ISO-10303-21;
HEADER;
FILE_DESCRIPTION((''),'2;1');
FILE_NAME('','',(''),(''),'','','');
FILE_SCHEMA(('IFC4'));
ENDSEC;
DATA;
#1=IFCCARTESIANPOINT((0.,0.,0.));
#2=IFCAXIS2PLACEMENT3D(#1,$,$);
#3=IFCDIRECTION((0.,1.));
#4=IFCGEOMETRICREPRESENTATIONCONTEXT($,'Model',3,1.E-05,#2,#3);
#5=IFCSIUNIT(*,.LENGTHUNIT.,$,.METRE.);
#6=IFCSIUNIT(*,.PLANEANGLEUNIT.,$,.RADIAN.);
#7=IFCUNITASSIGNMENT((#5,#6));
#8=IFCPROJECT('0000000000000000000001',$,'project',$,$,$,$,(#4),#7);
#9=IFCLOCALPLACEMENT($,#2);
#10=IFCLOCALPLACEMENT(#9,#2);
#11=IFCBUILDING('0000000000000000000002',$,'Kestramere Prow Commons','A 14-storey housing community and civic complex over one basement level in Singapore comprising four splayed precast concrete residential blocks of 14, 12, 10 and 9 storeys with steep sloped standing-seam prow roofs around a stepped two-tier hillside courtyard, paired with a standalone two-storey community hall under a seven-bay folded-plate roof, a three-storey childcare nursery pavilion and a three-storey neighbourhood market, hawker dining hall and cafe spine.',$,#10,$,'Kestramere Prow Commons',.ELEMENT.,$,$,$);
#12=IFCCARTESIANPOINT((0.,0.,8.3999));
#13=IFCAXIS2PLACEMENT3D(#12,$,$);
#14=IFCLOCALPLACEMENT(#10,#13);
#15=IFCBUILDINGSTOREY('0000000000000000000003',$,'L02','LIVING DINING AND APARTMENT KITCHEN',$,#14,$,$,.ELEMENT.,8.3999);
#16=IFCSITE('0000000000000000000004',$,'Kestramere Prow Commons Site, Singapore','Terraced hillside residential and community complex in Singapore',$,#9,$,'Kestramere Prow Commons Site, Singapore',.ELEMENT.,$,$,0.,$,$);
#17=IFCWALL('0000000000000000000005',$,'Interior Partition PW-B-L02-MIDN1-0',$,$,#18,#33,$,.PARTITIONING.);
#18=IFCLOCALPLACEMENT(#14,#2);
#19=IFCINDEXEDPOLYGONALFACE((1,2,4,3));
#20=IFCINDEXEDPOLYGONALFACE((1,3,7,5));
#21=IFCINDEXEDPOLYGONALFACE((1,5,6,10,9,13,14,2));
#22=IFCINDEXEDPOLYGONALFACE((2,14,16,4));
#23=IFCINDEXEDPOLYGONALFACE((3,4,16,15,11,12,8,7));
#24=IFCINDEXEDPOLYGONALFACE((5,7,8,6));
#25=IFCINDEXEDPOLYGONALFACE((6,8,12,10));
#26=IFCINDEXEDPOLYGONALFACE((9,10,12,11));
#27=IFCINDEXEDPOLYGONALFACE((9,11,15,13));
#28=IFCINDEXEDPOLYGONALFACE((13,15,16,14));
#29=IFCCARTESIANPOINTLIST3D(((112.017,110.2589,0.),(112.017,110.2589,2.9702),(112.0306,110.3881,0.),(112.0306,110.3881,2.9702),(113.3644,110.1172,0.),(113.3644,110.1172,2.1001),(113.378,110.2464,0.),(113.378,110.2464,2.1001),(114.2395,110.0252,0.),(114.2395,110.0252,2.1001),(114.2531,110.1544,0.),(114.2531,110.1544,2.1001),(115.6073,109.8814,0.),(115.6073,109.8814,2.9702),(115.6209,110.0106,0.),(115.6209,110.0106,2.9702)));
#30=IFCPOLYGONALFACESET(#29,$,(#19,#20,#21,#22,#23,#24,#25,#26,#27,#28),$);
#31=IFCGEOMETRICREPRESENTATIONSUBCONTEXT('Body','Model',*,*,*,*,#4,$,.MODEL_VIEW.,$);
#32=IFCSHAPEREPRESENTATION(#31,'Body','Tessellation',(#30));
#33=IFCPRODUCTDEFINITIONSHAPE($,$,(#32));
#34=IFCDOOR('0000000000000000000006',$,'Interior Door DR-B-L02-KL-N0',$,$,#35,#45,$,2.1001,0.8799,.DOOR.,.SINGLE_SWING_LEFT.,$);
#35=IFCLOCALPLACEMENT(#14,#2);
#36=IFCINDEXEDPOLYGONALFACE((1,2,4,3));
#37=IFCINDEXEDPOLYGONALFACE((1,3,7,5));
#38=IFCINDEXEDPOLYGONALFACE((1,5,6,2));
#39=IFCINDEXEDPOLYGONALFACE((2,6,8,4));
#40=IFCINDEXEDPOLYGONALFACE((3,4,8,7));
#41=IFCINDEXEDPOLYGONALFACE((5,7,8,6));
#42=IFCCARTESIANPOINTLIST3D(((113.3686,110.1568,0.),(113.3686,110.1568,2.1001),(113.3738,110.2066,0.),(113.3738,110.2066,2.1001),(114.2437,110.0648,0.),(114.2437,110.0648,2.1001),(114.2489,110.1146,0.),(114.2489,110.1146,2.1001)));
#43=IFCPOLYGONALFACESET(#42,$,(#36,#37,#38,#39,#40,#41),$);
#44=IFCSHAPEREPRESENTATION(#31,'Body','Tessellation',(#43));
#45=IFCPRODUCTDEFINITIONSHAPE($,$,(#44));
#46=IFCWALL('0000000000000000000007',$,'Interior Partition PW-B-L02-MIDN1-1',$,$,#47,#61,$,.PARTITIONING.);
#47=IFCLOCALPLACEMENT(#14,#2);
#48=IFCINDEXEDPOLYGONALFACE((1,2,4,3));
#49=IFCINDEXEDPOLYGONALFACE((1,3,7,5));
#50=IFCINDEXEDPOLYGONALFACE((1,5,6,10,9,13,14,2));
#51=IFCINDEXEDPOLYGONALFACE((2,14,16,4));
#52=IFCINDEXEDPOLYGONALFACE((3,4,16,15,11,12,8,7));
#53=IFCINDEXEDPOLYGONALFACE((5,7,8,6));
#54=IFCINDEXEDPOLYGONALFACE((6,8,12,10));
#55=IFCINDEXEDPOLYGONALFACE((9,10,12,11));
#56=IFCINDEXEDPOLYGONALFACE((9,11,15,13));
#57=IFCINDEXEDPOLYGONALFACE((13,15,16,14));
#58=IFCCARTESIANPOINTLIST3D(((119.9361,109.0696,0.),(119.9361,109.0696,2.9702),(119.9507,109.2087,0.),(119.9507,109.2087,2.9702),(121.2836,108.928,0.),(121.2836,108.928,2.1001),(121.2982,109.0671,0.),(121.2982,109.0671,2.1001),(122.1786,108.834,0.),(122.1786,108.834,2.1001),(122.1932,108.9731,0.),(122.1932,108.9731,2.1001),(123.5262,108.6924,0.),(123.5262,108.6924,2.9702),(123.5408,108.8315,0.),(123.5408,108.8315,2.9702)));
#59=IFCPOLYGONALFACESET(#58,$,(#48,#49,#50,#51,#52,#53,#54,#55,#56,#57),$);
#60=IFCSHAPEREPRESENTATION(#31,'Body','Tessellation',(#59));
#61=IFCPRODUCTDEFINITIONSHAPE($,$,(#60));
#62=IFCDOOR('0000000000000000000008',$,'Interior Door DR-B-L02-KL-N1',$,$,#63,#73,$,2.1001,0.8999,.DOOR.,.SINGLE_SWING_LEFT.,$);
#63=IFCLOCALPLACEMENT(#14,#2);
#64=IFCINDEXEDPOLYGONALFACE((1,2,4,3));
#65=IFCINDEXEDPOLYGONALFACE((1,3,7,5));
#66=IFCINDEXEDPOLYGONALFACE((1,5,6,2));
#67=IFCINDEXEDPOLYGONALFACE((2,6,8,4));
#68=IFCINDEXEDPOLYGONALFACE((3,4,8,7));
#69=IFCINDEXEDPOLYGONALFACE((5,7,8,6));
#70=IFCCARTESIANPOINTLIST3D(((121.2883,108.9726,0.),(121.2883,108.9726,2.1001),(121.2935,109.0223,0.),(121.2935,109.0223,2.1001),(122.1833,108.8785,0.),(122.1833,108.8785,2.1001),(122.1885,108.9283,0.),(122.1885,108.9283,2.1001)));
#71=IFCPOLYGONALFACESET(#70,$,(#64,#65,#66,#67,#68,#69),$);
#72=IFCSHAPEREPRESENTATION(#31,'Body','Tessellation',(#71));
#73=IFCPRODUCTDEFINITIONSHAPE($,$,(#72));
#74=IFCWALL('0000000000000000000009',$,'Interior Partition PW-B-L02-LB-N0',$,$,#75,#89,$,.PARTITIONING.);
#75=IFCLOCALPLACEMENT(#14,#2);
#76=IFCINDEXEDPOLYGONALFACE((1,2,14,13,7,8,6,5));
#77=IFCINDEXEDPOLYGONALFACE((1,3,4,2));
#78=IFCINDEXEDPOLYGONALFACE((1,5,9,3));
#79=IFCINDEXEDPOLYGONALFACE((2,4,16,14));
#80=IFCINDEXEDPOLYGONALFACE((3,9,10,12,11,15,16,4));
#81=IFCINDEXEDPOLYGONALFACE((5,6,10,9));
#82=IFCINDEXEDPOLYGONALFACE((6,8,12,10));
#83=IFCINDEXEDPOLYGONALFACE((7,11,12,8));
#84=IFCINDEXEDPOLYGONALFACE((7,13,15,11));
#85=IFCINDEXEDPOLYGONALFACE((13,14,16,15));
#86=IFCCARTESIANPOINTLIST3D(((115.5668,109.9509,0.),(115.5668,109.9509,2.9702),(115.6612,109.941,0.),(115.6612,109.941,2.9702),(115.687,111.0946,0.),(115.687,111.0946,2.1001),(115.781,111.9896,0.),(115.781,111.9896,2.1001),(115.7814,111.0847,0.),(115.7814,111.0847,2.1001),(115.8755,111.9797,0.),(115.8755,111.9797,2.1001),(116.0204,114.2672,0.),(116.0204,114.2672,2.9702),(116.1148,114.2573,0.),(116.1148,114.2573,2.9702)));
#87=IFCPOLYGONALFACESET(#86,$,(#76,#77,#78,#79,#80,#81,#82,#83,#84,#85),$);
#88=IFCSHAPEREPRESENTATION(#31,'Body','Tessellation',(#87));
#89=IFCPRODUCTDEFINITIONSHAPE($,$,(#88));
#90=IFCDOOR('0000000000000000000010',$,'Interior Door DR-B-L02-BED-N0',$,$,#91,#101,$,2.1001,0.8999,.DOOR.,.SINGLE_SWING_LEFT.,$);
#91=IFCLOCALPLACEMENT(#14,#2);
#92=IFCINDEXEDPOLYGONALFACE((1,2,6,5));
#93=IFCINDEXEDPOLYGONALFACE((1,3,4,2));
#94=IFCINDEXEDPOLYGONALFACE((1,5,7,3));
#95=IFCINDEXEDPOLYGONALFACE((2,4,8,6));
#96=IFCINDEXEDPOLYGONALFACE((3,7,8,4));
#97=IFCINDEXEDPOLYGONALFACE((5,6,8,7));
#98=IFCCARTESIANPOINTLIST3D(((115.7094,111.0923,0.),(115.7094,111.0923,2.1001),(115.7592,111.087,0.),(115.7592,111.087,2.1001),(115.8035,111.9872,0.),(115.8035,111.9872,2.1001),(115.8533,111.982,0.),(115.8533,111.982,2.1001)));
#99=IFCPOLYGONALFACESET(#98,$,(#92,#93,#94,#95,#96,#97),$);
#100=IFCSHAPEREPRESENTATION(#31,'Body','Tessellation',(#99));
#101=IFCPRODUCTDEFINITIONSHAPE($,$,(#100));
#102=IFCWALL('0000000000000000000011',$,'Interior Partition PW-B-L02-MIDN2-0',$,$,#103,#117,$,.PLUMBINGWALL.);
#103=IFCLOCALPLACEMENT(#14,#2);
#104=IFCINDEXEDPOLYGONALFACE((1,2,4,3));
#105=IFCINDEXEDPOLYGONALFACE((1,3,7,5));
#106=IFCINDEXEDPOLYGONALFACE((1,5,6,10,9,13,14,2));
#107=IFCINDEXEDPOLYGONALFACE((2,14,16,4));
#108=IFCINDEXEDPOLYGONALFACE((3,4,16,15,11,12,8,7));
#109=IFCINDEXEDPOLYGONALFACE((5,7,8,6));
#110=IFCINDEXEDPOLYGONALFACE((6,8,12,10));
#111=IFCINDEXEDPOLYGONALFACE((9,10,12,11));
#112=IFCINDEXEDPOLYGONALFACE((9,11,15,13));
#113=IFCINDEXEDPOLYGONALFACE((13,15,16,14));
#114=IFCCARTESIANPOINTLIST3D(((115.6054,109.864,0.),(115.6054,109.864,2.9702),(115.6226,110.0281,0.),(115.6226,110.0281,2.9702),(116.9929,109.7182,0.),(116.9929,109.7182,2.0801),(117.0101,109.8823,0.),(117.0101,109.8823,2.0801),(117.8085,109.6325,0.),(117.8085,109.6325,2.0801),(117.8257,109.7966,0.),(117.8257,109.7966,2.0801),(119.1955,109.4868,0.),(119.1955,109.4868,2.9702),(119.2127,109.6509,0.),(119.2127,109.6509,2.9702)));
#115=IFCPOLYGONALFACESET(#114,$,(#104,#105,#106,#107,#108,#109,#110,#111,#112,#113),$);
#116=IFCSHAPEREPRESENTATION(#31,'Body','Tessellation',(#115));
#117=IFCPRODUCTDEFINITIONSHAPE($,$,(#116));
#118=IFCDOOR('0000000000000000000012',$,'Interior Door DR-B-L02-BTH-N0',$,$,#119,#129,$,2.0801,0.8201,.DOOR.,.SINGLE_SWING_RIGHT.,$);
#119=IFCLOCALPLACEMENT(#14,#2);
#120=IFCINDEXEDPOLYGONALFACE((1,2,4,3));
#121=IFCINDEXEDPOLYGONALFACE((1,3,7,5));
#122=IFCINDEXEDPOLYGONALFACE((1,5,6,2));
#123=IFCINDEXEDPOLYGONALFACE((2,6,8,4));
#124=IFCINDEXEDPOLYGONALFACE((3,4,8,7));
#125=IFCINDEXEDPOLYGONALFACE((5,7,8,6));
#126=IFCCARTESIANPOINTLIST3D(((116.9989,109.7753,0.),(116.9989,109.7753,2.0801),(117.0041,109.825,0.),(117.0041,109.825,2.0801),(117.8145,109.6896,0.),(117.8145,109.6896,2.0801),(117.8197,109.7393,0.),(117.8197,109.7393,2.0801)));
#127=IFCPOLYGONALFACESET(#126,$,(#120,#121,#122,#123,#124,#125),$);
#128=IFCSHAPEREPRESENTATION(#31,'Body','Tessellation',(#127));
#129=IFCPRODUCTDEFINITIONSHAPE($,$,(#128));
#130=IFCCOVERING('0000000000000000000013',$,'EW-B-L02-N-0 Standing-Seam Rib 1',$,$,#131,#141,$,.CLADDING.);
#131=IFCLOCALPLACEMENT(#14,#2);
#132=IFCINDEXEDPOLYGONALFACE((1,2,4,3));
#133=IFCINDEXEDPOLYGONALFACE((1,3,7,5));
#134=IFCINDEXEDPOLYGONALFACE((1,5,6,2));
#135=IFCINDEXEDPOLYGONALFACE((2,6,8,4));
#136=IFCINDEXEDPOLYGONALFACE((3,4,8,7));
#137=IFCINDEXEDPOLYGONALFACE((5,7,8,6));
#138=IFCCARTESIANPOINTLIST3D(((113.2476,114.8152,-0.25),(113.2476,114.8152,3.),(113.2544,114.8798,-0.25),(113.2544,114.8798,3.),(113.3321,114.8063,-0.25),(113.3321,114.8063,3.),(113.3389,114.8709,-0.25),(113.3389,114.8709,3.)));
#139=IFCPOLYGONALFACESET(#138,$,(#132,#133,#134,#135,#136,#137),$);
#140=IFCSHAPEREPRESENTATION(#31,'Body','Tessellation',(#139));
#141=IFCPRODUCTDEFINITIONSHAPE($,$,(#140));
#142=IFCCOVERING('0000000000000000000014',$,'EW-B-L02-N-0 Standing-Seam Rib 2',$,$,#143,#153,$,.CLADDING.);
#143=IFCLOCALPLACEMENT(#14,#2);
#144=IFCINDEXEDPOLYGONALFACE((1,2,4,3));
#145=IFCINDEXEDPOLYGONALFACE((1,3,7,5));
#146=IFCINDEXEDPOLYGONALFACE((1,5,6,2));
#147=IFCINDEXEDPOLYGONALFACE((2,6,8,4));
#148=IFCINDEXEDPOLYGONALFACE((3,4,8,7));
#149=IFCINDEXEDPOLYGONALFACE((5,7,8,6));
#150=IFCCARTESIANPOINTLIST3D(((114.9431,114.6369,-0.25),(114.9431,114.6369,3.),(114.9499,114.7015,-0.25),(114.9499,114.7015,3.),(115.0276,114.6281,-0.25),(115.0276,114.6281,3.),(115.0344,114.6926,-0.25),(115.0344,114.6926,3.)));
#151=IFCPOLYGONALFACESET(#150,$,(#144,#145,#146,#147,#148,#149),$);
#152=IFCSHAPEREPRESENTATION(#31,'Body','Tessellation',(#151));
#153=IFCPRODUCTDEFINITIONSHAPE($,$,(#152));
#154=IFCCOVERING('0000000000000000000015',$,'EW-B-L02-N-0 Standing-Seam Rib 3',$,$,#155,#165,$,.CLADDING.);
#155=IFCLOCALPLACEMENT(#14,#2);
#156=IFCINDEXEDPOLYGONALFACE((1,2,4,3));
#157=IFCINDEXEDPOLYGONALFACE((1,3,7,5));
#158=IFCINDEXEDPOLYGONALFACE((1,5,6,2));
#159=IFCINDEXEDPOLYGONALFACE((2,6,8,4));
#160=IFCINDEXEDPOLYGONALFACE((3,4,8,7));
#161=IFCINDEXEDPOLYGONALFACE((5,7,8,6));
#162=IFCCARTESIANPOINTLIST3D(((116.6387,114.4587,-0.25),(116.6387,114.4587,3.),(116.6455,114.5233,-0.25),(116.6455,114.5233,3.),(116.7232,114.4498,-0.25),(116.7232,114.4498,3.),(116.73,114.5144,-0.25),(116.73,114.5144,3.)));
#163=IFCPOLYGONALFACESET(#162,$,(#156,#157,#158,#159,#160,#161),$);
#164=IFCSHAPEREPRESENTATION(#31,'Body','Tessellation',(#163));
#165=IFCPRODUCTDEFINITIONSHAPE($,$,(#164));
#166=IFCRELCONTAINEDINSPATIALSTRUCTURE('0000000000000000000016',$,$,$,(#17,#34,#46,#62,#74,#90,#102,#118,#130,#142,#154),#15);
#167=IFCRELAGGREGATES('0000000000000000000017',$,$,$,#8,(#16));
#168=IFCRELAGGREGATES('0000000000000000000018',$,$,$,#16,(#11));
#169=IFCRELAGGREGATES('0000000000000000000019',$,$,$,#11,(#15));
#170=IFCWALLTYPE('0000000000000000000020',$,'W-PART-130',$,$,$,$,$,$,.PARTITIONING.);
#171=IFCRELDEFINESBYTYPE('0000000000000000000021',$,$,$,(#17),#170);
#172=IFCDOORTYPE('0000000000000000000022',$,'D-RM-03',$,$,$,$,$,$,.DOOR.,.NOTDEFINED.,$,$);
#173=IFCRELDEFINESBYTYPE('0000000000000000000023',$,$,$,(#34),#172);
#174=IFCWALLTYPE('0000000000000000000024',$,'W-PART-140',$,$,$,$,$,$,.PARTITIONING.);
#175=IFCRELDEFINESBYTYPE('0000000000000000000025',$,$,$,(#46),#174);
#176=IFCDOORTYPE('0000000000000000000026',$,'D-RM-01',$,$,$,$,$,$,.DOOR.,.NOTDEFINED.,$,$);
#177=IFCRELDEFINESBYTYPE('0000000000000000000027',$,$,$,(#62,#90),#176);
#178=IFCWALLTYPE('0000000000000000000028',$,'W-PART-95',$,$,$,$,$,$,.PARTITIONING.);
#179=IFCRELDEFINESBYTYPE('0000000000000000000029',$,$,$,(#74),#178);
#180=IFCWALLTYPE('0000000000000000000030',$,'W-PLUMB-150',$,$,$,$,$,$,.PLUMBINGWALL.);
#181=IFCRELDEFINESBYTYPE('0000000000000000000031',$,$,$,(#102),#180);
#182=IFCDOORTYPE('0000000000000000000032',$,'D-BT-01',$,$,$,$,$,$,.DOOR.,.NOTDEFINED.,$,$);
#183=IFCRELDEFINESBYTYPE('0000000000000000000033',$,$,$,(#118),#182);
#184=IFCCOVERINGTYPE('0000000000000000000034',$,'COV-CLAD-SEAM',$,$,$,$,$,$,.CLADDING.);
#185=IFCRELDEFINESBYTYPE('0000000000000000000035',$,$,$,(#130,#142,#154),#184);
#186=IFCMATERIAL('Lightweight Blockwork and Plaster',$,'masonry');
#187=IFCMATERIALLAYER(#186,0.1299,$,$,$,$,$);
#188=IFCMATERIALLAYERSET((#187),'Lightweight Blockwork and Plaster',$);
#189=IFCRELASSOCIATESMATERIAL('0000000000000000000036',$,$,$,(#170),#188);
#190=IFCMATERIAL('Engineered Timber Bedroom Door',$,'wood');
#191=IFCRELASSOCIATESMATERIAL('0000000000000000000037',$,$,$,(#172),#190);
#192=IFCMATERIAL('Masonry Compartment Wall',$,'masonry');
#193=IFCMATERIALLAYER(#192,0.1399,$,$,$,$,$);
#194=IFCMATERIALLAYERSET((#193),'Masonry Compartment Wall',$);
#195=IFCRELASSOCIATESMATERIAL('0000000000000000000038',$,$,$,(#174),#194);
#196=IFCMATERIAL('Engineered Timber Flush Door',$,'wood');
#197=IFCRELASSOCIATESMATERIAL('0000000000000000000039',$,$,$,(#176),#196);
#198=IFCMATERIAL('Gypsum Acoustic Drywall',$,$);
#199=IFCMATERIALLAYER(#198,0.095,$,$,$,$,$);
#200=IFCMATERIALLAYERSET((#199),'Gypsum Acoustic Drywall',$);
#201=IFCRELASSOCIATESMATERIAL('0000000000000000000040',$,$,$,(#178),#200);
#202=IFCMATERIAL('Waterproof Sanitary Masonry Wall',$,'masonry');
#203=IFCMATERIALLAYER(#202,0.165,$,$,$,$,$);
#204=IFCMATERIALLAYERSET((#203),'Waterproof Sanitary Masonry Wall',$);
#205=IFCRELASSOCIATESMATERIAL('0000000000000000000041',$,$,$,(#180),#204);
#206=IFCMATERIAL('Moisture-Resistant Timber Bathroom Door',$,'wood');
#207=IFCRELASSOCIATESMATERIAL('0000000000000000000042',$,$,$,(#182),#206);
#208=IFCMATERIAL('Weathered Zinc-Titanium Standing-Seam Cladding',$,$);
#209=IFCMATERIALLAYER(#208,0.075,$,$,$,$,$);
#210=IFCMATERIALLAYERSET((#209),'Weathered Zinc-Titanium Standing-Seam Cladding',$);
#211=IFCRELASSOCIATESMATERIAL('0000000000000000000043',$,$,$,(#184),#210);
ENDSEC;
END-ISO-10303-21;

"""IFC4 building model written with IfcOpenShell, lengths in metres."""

from ifc_helpers import new_model, si_unit, direction, frame, frame_2d, origin, origin_2d, place, context, subcontext, project, spatial, rectangle, extrude, material, layer, layer_set, type_object, element, fill, save


model = new_model("IFC4")

# Units and contexts
model_context = context("Model", 3, precision=1e-05, world=origin(), true_north=direction((0.0, 1.0)))
body_context = subcontext(model_context, "Body", "Model", "MODEL_VIEW")
ifc_project = project(units=[si_unit("LENGTHUNIT", "METRE"), si_unit("PLANEANGLEUNIT", "RADIAN")], contexts=[model_context])

# Site, building, storey
site_placement = place(None, origin())
site = spatial("IfcSite", under=ifc_project, at=site_placement, Name="Kestramere Prow Commons Site, Singapore", Description="Terraced hillside residential and community complex in Singapore", LongName="Kestramere Prow Commons Site, Singapore", CompositionType="ELEMENT", RefElevation=0.0)
building_placement = place(site_placement, origin())
building = spatial("IfcBuilding", under=site, at=building_placement, Name="Kestramere Prow Commons", Description="A 14-storey housing community and civic complex over one basement level in Singapore comprising four splayed precast concrete residential blocks of 14, 12, 10 and 9 storeys with steep sloped standing-seam prow roofs around a stepped two-tier hillside courtyard, paired with a standalone two-storey community hall under a seven-bay folded-plate roof, a three-storey childcare nursery pavilion and a three-storey neighbourhood market, hawker dining hall and cafe spine.", LongName="Kestramere Prow Commons", CompositionType="ELEMENT")
storey_placement = place(building_placement, frame((0.0, 0.0, 8.3999)))
storey = spatial("IfcBuildingStorey", under=building, at=storey_placement, Name="L02", Description="LIVING DINING AND APARTMENT KITCHEN", CompositionType="ELEMENT", Elevation=8.3999)

# Walls, openings, doors
ifc_material_1 = material(Name="Lightweight Blockwork and Plaster", Category="masonry")
ifc_layer_1 = layer(ifc_material_1, 0.1299)
ifc_layer_set_1 = layer_set([ifc_layer_1], Name="Lightweight Blockwork and Plaster")
wall_type_1 = type_object("IfcWallType", Name="W-PART-130", PredefinedType="PARTITIONING", material=ifc_layer_set_1)
wall_1_placement = place(storey_placement, frame((112.0237, 110.3235, 0.0), z_axis=(0.0, 0.0, 1.0), x_axis=(0.99452, -0.104551, 0.0)))
wall_1 = element("IfcWall", 1, at=wall_1_placement, inside=storey, type_object=wall_type_1, Name="Interior Partition PW-B-L02-MIDN1-0", PredefinedType="PARTITIONING", context=body_context, shape_type="SweptSolid", body=[
    extrude(rectangle(XDim=3.6101, YDim=0.1299, at=frame_2d((1.8052, 0.0))), origin(), (0.0, 0.0, 1.0), 2.9702),
])
opening_1_placement = place(wall_1_placement, frame((1.355, 0.0, 0.0)))
opening_1 = element("IfcOpeningElement", 2, at=opening_1_placement, cuts=wall_1, PredefinedType="OPENING", context=body_context, shape_type="SweptSolid", body=[
    extrude(rectangle(XDim=0.8799, YDim=2.1001, at=frame_2d((0.4399, 1.05))), frame((0.0, 0.0798, 0.0), z_axis=(0.0, -1.0, 0.0), x_axis=(1.0, 0.0, 0.0)), (0.0, 0.0, 1.0), 0.1599),
])
ifc_material_2 = material(Name="Engineered Timber Bedroom Door", Category="wood")
door_type_1 = type_object("IfcDoorType", Name="D-RM-03", OperationType="NOTDEFINED", PredefinedType="DOOR", material=ifc_material_2)
door_1_placement = place(opening_1_placement, origin())
door_1 = element("IfcDoor", 3, at=door_1_placement, inside=storey, type_object=door_type_1, Name="Interior Door DR-B-L02-KL-N0", OperationType="SINGLE_SWING_LEFT", OverallHeight=2.1001, OverallWidth=0.8799, PredefinedType="DOOR", context=body_context, shape_type="SweptSolid", body=[
    extrude(rectangle(XDim=0.8799, YDim=2.1001, at=frame_2d((0.4399, 1.05))), frame((0.0, 0.0249, 0.0), z_axis=(0.0, -1.0, 0.0), x_axis=(1.0, 0.0, 0.0)), (0.0, 0.0, 1.0), 0.05),
])
fill(opening_1, door_1)
ifc_material_3 = material(Name="Masonry Compartment Wall", Category="masonry")
ifc_layer_2 = layer(ifc_material_3, 0.1399)
ifc_layer_set_2 = layer_set([ifc_layer_2], Name="Masonry Compartment Wall")
wall_type_2 = type_object("IfcWallType", Name="W-PART-140", PredefinedType="PARTITIONING", material=ifc_layer_set_2)
wall_2_placement = place(storey_placement, frame((119.9434, 109.1392, 0.0), z_axis=(0.0, 0.0, 1.0), x_axis=(0.994526, -0.104491, 0.0)))
wall_2 = element("IfcWall", 4, at=wall_2_placement, inside=storey, type_object=wall_type_2, Name="Interior Partition PW-B-L02-MIDN1-1", PredefinedType="PARTITIONING", context=body_context, shape_type="SweptSolid", body=[
    extrude(rectangle(XDim=3.6099, YDim=0.1399, at=frame_2d((1.8049, 0.0))), origin(), (0.0, 0.0, 1.0), 2.9702),
])
opening_2_placement = place(wall_2_placement, frame((1.355, 0.0, 0.0)))
opening_2 = element("IfcOpeningElement", 5, at=opening_2_placement, cuts=wall_2, PredefinedType="OPENING", context=body_context, shape_type="SweptSolid", body=[
    extrude(rectangle(XDim=0.8999, YDim=2.1001, at=frame_2d((0.45, 1.05))), frame((0.0, 0.085, 0.0), z_axis=(0.0, -1.0, 0.0), x_axis=(1.0, 0.0, 0.0)), (0.0, 0.0, 1.0), 0.1699),
])
ifc_material_4 = material(Name="Engineered Timber Flush Door", Category="wood")
door_type_2 = type_object("IfcDoorType", Name="D-RM-01", OperationType="NOTDEFINED", PredefinedType="DOOR", material=ifc_material_4)
door_2_placement = place(opening_2_placement, origin())
door_2 = element("IfcDoor", 6, at=door_2_placement, inside=storey, type_object=door_type_2, Name="Interior Door DR-B-L02-KL-N1", OperationType="SINGLE_SWING_LEFT", OverallHeight=2.1001, OverallWidth=0.8999, PredefinedType="DOOR", context=body_context, shape_type="SweptSolid", body=[
    extrude(rectangle(XDim=0.8999, YDim=2.1001, at=frame_2d((0.45, 1.05))), frame((0.0, 0.0249, 0.0), z_axis=(0.0, -1.0, 0.0), x_axis=(1.0, 0.0, 0.0)), (0.0, 0.0, 1.0), 0.05),
])
fill(opening_2, door_2)
ifc_material_5 = material(Name="Gypsum Acoustic Drywall")
ifc_layer_3 = layer(ifc_material_5, 0.095)
ifc_layer_set_3 = layer_set([ifc_layer_3], Name="Gypsum Acoustic Drywall")
wall_type_3 = type_object("IfcWallType", Name="W-PART-95", PredefinedType="PARTITIONING", material=ifc_layer_set_3)
wall_3_placement = place(storey_placement, frame((115.614, 109.946, 0.0), z_axis=(0.0, 0.0, 1.0), x_axis=(0.104515, 0.994523, 0.0)))
wall_3 = element("IfcWall", 7, at=wall_3_placement, inside=storey, type_object=wall_type_3, Name="Interior Partition PW-B-L02-LB-N0", PredefinedType="PARTITIONING", context=body_context, shape_type="SweptSolid", body=[
    extrude(rectangle(XDim=4.3401, YDim=0.095, at=frame_2d((2.1699, 0.0))), origin(), (0.0, 0.0, 1.0), 2.9702),
])
opening_3_placement = place(wall_3_placement, frame((1.1499, 0.0, 0.0)))
opening_3 = element("IfcOpeningElement", 8, at=opening_3_placement, cuts=wall_3, PredefinedType="OPENING", context=body_context, shape_type="SweptSolid", body=[
    extrude(rectangle(XDim=0.8999, YDim=2.1001, at=frame_2d((0.45, 1.05))), frame((0.0, 0.0625, 0.0), z_axis=(0.0, -1.0, 0.0), x_axis=(1.0, 0.0, 0.0)), (0.0, 0.0, 1.0), 0.125),
])
door_3_placement = place(opening_3_placement, origin())
door_3 = element("IfcDoor", 9, at=door_3_placement, inside=storey, type_object=door_type_2, Name="Interior Door DR-B-L02-BED-N0", OperationType="SINGLE_SWING_LEFT", OverallHeight=2.1001, OverallWidth=0.8999, PredefinedType="DOOR", context=body_context, shape_type="SweptSolid", body=[
    extrude(rectangle(XDim=0.8999, YDim=2.1001, at=frame_2d((0.45, 1.05))), frame((0.0, 0.0249, 0.0), z_axis=(0.0, -1.0, 0.0), x_axis=(1.0, 0.0, 0.0)), (0.0, 0.0, 1.0), 0.05),
])
fill(opening_3, door_3)
ifc_material_6 = material(Name="Waterproof Sanitary Masonry Wall", Category="masonry")
ifc_layer_4 = layer(ifc_material_6, 0.165)
ifc_layer_set_4 = layer_set([ifc_layer_4], Name="Waterproof Sanitary Masonry Wall")
wall_type_4 = type_object("IfcWallType", Name="W-PLUMB-150", PredefinedType="PLUMBINGWALL", material=ifc_layer_set_4)
wall_4_placement = place(storey_placement, frame((115.614, 109.946, 0.0), z_axis=(0.0, 0.0, 1.0), x_axis=(0.994526, -0.104491, 0.0)))
wall_4 = element("IfcWall", 10, at=wall_4_placement, inside=storey, type_object=wall_type_4, Name="Interior Partition PW-B-L02-MIDN2-0", PredefinedType="PLUMBINGWALL", context=body_context, shape_type="SweptSolid", body=[
    extrude(rectangle(XDim=3.6099, YDim=0.165, at=frame_2d((1.8049, 0.0))), origin(), (0.0, 0.0, 1.0), 2.9702),
])
opening_4_placement = place(wall_4_placement, frame((1.395, 0.0, 0.0)))
opening_4 = element("IfcOpeningElement", 11, at=opening_4_placement, cuts=wall_4, PredefinedType="OPENING", context=body_context, shape_type="SweptSolid", body=[
    extrude(rectangle(XDim=0.8201, YDim=2.0801, at=frame_2d((0.4102, 1.04))), frame((0.0, 0.0974, 0.0), z_axis=(0.0, -1.0, 0.0), x_axis=(1.0, 0.0, 0.0)), (0.0, 0.0, 1.0), 0.1951),
])
ifc_material_7 = material(Name="Moisture-Resistant Timber Bathroom Door", Category="wood")
door_type_3 = type_object("IfcDoorType", Name="D-BT-01", OperationType="NOTDEFINED", PredefinedType="DOOR", material=ifc_material_7)
door_4_placement = place(opening_4_placement, origin())
door_4 = element("IfcDoor", 12, at=door_4_placement, inside=storey, type_object=door_type_3, Name="Interior Door DR-B-L02-BTH-N0", OperationType="SINGLE_SWING_RIGHT", OverallHeight=2.0801, OverallWidth=0.8201, PredefinedType="DOOR", context=body_context, shape_type="SweptSolid", body=[
    extrude(rectangle(XDim=0.8201, YDim=2.0801, at=frame_2d((0.4102, 1.04))), frame((0.0, 0.0249, 0.0), z_axis=(0.0, -1.0, 0.0), x_axis=(1.0, 0.0, 0.0)), (0.0, 0.0, 1.0), 0.05),
])
fill(opening_4, door_4)

# Coverings
ifc_material_8 = material(Name="Weathered Zinc-Titanium Standing-Seam Cladding")
ifc_layer_5 = layer(ifc_material_8, 0.075)
ifc_layer_set_5 = layer_set([ifc_layer_5], Name="Weathered Zinc-Titanium Standing-Seam Cladding")
covering_type = type_object("IfcCoveringType", Name="COV-CLAD-SEAM", PredefinedType="CLADDING", material=ifc_layer_set_5)
for number, where, z_axis, x_axis, name in (
    (13, (113.2932, 114.843, -0.25), (0.0, 0.0, 1.0), (0.994522, -0.104528, 0.0), "EW-B-L02-N-0 Standing-Seam Rib 1"),
    (14, (114.9888, 114.6648, -0.25), (0.0, 0.0, 1.0), (0.994522, -0.104528, 0.0), "EW-B-L02-N-0 Standing-Seam Rib 2"),
    (15, (116.6843, 114.4866, -0.25), (0.0, 0.0, 1.0), (0.994522, -0.104528, 0.0), "EW-B-L02-N-0 Standing-Seam Rib 3"),
):
    element("IfcCovering", number, at=place(storey_placement, frame(where, z_axis=z_axis, x_axis=x_axis)), inside=storey, type_object=covering_type, Name=name, PredefinedType="CLADDING", context=body_context, shape_type="SweptSolid", body=[
        extrude(rectangle(XDim=0.085, YDim=0.0649, at=origin_2d()), origin(), (0.0, 0.0, 1.0), 3.25),
    ])

save(model, "model.ifc")
